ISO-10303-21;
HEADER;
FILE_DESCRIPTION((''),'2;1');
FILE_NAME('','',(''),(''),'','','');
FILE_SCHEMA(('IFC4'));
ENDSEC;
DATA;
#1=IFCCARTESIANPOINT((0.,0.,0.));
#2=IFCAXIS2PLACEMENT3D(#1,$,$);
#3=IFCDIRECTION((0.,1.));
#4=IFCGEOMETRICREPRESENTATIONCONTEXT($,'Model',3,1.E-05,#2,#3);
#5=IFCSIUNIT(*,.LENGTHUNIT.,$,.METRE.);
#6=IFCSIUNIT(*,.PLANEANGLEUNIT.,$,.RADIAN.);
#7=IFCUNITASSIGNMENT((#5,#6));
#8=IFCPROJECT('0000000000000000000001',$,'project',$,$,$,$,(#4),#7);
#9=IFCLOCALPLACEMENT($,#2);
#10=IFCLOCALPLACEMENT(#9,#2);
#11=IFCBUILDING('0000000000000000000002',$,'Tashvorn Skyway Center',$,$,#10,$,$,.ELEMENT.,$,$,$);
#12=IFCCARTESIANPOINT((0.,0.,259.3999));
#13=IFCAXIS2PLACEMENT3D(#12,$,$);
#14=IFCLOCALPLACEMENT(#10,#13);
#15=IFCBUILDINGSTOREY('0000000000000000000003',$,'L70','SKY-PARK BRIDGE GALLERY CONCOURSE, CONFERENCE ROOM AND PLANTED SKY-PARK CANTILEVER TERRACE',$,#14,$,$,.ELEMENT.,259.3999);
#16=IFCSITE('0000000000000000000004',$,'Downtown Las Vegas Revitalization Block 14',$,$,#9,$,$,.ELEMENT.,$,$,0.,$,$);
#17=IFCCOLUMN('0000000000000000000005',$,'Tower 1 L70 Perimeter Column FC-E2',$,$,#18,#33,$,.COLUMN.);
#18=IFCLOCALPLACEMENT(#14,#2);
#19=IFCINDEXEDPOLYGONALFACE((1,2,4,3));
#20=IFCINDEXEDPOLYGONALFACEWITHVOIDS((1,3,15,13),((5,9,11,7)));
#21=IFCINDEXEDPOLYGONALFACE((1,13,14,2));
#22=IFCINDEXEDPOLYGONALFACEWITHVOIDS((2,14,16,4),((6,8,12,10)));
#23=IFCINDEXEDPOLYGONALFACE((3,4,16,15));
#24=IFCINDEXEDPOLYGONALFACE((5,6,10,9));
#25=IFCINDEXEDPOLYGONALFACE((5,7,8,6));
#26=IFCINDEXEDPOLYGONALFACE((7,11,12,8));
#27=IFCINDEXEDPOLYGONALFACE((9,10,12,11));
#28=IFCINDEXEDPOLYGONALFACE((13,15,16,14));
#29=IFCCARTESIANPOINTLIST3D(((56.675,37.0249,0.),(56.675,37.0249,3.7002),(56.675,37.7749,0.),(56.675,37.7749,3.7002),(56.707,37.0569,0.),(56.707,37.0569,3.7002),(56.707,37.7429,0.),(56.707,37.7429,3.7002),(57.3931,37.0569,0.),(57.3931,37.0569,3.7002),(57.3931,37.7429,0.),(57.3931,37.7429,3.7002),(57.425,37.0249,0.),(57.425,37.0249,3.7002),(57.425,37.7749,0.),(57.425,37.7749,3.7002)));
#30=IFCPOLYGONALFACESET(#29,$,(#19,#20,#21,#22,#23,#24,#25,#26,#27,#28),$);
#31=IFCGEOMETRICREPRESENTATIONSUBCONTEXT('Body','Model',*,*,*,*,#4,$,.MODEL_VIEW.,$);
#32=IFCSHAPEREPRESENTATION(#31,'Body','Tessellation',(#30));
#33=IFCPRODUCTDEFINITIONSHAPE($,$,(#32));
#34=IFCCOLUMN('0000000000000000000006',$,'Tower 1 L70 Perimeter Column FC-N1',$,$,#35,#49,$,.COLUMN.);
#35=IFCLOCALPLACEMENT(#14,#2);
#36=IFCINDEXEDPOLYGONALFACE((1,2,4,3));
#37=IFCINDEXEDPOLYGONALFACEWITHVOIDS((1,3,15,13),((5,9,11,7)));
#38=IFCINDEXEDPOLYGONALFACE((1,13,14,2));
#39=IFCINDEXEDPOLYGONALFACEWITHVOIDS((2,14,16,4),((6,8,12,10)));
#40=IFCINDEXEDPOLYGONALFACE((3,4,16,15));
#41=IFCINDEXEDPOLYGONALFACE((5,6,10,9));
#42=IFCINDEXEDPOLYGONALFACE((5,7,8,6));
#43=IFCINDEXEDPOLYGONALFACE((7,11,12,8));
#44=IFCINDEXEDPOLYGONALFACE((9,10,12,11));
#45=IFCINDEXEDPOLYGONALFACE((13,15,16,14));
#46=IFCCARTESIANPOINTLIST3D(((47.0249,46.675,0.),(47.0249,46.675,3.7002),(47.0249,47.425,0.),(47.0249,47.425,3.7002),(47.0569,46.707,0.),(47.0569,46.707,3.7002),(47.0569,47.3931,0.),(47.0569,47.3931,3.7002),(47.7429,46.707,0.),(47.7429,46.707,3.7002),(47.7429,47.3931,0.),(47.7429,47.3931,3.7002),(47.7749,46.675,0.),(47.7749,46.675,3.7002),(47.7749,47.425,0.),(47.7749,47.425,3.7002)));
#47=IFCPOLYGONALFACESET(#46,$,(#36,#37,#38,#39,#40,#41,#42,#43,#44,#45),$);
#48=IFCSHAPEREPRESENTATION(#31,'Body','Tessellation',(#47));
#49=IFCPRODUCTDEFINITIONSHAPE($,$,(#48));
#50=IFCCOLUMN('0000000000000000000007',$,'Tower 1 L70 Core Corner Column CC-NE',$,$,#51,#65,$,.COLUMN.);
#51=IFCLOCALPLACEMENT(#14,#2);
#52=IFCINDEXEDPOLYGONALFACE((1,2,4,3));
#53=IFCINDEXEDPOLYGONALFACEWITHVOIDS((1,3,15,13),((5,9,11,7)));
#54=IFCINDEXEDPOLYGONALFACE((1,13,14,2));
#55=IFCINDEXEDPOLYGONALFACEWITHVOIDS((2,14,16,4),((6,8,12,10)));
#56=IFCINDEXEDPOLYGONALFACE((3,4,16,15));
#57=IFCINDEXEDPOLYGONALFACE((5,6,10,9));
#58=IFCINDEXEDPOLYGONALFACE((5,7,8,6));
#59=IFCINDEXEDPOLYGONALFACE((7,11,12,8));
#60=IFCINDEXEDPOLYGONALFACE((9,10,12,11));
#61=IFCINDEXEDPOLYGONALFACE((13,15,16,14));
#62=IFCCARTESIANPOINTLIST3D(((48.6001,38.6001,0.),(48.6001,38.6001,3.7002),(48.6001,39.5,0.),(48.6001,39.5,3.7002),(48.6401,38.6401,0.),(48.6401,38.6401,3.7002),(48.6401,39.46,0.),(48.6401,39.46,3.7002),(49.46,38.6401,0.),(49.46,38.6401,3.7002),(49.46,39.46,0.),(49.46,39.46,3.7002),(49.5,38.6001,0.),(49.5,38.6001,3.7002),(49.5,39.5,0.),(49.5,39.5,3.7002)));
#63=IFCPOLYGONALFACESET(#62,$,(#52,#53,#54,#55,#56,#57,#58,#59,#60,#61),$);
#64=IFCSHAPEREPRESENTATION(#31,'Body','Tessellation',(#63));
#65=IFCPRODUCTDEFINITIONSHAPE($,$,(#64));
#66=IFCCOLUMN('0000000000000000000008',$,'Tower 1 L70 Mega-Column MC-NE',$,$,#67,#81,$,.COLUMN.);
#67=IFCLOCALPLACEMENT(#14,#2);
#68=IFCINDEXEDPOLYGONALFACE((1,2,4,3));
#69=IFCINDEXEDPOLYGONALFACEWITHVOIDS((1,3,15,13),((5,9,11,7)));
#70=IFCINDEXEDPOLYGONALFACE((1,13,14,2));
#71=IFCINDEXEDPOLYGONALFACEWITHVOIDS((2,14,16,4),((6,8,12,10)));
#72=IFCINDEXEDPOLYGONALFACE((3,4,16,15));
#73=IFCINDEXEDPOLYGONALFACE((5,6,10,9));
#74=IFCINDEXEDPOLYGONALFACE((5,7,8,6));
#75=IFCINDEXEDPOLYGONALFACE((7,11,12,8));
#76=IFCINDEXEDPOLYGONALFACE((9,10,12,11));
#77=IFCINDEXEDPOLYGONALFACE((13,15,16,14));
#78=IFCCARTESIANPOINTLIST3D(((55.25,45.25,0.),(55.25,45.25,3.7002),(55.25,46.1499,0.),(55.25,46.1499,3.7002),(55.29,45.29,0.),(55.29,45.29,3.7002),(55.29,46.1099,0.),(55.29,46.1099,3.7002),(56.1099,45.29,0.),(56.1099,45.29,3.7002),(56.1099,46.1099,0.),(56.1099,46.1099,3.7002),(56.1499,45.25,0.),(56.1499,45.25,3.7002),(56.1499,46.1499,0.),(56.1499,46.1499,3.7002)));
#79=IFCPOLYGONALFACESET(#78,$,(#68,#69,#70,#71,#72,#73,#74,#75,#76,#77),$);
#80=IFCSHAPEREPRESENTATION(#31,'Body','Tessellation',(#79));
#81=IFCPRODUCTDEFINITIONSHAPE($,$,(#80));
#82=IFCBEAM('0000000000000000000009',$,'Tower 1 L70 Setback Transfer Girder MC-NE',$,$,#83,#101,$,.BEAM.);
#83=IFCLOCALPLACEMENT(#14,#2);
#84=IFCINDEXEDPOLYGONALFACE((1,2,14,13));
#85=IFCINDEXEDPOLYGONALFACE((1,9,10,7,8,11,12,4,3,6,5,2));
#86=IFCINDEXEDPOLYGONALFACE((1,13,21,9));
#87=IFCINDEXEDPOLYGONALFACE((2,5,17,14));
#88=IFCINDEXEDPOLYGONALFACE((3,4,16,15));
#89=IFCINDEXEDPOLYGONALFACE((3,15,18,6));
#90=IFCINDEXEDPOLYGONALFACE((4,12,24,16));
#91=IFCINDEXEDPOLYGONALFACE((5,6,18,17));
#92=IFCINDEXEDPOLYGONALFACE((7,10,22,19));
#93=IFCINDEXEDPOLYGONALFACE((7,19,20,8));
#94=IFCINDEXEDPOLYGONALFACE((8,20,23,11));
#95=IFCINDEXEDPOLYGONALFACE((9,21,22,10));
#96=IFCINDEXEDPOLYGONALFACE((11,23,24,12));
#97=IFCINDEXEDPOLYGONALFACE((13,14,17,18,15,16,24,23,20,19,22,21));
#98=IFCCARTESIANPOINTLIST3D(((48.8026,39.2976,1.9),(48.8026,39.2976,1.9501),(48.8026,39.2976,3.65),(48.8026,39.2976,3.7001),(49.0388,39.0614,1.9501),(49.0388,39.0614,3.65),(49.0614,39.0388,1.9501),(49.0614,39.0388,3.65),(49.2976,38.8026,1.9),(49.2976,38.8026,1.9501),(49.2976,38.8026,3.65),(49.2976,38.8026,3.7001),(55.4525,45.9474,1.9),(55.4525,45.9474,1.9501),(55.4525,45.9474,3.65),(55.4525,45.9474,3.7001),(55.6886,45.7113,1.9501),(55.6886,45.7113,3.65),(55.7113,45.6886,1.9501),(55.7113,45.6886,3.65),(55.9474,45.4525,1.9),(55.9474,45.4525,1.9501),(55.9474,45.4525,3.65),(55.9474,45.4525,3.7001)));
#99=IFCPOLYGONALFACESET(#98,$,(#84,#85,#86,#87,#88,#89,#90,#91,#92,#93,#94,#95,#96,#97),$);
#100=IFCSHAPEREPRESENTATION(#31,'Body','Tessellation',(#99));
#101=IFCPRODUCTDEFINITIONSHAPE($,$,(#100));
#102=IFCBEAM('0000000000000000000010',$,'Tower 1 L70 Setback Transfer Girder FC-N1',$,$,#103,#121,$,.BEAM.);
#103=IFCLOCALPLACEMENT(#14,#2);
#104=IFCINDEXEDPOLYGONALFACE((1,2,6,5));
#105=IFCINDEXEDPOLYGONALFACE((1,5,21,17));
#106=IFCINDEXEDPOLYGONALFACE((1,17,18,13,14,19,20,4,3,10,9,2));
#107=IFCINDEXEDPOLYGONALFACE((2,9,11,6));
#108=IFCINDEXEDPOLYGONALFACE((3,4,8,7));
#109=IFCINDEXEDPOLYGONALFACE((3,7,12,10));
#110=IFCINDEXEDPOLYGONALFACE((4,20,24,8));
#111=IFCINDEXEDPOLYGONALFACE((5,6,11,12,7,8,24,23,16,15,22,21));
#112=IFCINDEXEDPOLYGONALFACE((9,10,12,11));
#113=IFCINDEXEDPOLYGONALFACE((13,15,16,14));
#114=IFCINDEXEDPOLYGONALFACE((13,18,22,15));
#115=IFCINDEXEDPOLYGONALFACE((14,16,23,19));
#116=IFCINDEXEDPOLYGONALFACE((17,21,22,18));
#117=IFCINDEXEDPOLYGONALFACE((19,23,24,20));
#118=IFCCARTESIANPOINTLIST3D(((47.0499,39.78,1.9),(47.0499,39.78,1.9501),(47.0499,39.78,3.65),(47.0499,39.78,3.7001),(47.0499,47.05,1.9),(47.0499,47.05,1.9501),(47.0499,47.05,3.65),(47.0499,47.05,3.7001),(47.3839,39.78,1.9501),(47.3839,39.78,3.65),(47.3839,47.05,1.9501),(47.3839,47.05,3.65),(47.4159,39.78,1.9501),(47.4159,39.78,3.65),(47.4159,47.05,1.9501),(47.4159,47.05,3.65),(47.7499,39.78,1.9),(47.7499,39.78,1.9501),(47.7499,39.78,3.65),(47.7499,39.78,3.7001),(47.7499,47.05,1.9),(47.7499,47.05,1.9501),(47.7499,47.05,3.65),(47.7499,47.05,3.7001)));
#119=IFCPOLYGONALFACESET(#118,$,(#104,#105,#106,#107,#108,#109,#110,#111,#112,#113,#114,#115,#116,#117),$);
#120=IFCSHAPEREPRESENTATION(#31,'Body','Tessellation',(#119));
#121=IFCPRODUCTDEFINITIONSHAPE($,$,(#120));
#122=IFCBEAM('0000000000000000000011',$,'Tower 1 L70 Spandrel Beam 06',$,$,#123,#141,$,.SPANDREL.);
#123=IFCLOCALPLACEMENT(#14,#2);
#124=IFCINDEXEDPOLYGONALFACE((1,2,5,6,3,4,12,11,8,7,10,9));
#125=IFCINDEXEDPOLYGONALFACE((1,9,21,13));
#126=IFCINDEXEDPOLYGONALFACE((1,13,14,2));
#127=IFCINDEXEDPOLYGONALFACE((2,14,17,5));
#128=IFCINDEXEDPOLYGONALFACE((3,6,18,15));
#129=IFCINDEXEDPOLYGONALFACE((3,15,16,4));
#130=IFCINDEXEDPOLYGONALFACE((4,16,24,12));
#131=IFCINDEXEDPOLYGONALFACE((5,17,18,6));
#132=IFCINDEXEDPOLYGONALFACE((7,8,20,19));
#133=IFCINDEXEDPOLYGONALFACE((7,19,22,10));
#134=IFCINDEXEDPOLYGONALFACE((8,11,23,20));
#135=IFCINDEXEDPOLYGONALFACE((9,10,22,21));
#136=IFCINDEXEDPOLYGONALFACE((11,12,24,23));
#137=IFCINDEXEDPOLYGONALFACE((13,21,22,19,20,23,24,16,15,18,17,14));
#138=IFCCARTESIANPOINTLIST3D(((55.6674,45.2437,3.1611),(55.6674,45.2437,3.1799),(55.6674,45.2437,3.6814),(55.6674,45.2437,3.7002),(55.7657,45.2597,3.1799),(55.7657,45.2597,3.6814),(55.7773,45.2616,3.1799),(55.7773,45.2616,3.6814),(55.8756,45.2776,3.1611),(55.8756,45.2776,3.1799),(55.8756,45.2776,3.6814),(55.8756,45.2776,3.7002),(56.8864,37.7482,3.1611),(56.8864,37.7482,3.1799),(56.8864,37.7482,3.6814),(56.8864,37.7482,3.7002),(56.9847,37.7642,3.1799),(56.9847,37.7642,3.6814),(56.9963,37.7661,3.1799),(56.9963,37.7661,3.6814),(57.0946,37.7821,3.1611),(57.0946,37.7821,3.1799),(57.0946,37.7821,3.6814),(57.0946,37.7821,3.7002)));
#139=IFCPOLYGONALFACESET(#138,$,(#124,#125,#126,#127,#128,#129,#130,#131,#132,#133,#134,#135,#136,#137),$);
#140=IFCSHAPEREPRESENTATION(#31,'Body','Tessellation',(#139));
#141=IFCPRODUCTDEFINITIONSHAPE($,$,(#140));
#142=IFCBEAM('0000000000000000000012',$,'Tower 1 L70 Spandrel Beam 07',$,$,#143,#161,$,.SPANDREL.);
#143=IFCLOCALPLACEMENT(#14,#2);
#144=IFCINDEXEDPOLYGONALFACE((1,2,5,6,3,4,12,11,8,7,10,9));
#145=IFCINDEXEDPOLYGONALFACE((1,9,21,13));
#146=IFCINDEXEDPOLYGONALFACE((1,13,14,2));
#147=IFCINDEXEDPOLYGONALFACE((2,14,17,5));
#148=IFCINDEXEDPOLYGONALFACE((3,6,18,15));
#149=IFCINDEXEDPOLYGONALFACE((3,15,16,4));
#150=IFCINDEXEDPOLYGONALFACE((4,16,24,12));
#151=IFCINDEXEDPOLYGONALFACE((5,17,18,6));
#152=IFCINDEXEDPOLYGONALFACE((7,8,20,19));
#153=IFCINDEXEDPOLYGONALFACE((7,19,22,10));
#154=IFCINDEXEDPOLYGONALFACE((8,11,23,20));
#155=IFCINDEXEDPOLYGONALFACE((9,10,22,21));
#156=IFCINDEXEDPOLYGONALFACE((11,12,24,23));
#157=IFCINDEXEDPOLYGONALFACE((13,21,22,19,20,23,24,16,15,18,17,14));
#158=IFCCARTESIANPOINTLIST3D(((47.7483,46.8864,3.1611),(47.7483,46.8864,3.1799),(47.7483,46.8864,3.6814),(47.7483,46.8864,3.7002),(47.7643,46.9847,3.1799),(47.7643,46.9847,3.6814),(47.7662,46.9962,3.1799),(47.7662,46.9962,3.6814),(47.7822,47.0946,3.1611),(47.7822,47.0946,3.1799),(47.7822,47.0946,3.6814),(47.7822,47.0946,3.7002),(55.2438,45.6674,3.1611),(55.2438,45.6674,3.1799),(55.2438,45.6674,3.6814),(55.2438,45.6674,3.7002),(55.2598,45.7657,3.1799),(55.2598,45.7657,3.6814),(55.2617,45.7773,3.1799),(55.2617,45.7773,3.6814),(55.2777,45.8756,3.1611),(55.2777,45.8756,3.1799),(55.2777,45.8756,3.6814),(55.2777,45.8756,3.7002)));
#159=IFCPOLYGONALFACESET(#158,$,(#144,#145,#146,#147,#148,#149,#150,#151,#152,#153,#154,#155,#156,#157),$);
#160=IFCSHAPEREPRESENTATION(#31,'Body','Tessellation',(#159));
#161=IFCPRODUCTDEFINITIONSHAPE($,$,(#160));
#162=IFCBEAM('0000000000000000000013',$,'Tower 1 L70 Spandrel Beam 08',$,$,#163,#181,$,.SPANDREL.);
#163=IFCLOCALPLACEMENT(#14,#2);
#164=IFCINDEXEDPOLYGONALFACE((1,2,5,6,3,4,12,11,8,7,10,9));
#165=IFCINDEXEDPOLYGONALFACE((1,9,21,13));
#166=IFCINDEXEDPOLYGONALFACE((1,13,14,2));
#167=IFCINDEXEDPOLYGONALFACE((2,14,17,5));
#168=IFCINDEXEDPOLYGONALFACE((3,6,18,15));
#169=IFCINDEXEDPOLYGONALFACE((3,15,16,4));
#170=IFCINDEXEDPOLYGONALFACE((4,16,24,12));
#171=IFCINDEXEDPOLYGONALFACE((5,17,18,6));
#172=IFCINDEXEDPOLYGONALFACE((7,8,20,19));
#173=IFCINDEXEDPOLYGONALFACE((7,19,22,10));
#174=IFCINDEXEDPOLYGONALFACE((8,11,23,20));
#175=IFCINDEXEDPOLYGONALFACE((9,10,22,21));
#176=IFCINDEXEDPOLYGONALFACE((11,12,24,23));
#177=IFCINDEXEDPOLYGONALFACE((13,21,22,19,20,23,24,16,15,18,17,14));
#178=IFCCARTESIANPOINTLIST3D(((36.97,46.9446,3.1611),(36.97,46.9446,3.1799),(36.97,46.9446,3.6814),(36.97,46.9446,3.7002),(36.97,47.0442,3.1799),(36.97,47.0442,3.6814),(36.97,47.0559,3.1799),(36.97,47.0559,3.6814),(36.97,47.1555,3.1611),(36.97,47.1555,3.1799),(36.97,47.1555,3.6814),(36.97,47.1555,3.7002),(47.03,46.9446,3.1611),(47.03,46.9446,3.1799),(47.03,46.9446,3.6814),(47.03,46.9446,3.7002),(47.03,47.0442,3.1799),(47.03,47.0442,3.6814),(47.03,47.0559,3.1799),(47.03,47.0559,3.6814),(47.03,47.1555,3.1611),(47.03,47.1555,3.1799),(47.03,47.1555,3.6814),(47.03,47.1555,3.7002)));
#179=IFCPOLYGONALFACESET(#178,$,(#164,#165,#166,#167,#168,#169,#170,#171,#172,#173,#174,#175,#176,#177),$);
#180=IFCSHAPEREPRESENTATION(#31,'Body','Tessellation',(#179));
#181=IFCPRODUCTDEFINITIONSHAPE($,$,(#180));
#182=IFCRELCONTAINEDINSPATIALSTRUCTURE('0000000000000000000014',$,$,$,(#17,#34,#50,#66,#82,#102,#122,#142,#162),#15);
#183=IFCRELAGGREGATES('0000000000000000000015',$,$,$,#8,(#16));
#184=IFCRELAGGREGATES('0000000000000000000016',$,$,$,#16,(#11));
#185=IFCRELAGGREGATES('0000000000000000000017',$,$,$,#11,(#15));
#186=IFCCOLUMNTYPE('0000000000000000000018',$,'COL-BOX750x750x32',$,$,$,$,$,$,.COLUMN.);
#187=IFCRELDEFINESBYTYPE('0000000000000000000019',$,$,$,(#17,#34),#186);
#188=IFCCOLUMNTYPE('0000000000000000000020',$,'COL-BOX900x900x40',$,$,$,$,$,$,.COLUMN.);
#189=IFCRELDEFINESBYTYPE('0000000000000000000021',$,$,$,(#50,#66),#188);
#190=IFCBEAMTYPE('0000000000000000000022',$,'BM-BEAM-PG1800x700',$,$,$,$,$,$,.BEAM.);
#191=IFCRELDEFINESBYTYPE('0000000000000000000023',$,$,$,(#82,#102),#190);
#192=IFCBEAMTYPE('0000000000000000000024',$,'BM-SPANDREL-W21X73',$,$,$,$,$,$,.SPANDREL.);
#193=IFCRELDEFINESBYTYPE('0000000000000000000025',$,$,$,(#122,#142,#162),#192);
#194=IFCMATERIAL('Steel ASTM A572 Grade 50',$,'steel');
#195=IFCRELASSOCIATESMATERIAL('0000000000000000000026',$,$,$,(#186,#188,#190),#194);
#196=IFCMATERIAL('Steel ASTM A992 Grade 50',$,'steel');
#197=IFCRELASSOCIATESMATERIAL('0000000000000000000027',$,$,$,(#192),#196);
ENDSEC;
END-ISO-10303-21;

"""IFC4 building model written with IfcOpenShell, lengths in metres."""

from ifc_helpers import new_model, si_unit, direction, frame, origin, origin_2d, place, context, subcontext, project, spatial, hollow_rectangle, i_section, extrude, material, material_profile, profile_set, type_object, element, save


model = new_model("IFC4")

# Units and contexts
model_context = context("Model", 3, precision=1e-05, world=origin(), true_north=direction((0.0, 1.0)))
body_context = subcontext(model_context, "Body", "Model", "MODEL_VIEW")
ifc_project = project(units=[si_unit("LENGTHUNIT", "METRE"), si_unit("PLANEANGLEUNIT", "RADIAN")], contexts=[model_context])

# Site, building, storey
site_placement = place(None, origin())
site = spatial("IfcSite", under=ifc_project, at=site_placement, Name="Downtown Las Vegas Revitalization Block 14", CompositionType="ELEMENT", RefElevation=0.0)
building_placement = place(site_placement, origin())
building = spatial("IfcBuilding", under=site, at=building_placement, Name="Tashvorn Skyway Center", CompositionType="ELEMENT")
storey_placement = place(building_placement, frame((0.0, 0.0, 259.3999)))
storey = spatial("IfcBuildingStorey", under=building, at=storey_placement, Name="L70", Description="SKY-PARK BRIDGE GALLERY CONCOURSE, CONFERENCE ROOM AND PLANTED SKY-PARK CANTILEVER TERRACE", CompositionType="ELEMENT", Elevation=259.3999)

# Columns
ifc_material_1 = material(Name="Steel ASTM A572 Grade 50", Category="steel")
ifc_material_profile_1 = material_profile(ifc_material_1, hollow_rectangle(XDim=0.75, YDim=0.75, WallThickness=0.032, at=origin_2d()), Name="BOX750x750x32")
ifc_profile_set_1 = profile_set([ifc_material_profile_1], Name="Steel ASTM A572 Grade 50")
column_type_1 = type_object("IfcColumnType", Name="COL-BOX750x750x32", PredefinedType="COLUMN", material=ifc_profile_set_1)
for number, where, z_axis, x_axis, name in (
    (1, (57.05, 37.3999, 0.0), (0.0, 0.0, 1.0), (1.0, 0.0, 0.0), "Tower 1 L70 Perimeter Column FC-E2"),
    (2, (47.3999, 47.05, 0.0), (0.0, 0.0, 1.0), (1.0, 0.0, 0.0), "Tower 1 L70 Perimeter Column FC-N1"),
):
    element("IfcColumn", number, at=place(storey_placement, frame(where, z_axis=z_axis, x_axis=x_axis)), inside=storey, type_object=column_type_1, Name=name, PredefinedType="COLUMN", context=body_context, shape_type="SweptSolid", body=[
        extrude(hollow_rectangle(XDim=0.75, YDim=0.75, WallThickness=0.032, at=origin_2d()), origin(), (0.0, 0.0, 1.0), 3.7002),
    ])
ifc_material_profile_2 = material_profile(ifc_material_1, hollow_rectangle(XDim=0.8999, YDim=0.8999, WallThickness=0.04, at=origin_2d()), Name="BOX900x900x40")
ifc_profile_set_2 = profile_set([ifc_material_profile_2], Name="Steel ASTM A572 Grade 50")
column_type_2 = type_object("IfcColumnType", Name="COL-BOX900x900x40", PredefinedType="COLUMN", material=ifc_profile_set_2)
for number, where, z_axis, x_axis, name in (
    (3, (49.05, 39.05, 0.0), (0.0, 0.0, 1.0), (1.0, 0.0, 0.0), "Tower 1 L70 Core Corner Column CC-NE"),
    (4, (55.7, 45.7, 0.0), (0.0, 0.0, 1.0), (1.0, 0.0, 0.0), "Tower 1 L70 Mega-Column MC-NE"),
):
    element("IfcColumn", number, at=place(storey_placement, frame(where, z_axis=z_axis, x_axis=x_axis)), inside=storey, type_object=column_type_2, Name=name, PredefinedType="COLUMN", context=body_context, shape_type="SweptSolid", body=[
        extrude(hollow_rectangle(XDim=0.8999, YDim=0.8999, WallThickness=0.04, at=origin_2d()), origin(), (0.0, 0.0, 1.0), 3.7002),
    ])

# Beams
ifc_material_profile_3 = material_profile(ifc_material_1, i_section(OverallWidth=0.7, OverallDepth=1.8, WebThickness=0.032, FlangeThickness=0.05, at=origin_2d()), Name="PG1800x700")
ifc_profile_set_3 = profile_set([ifc_material_profile_3], Name="Steel ASTM A572 Grade 50")
beam_type_1 = type_object("IfcBeamType", Name="BM-BEAM-PG1800x700", PredefinedType="BEAM", material=ifc_profile_set_3)
beam_1_placement = place(storey_placement, frame((55.7, 45.7, 2.8), z_axis=(-0.707107, -0.707107, 0.0), x_axis=(0.707107, -0.707107, 0.0)))
element("IfcBeam", 5, at=beam_1_placement, inside=storey, type_object=beam_type_1, Name="Tower 1 L70 Setback Transfer Girder MC-NE", PredefinedType="BEAM", context=body_context, shape_type="SweptSolid", body=[
    extrude(i_section(OverallWidth=0.7, OverallDepth=1.8, WebThickness=0.032, FlangeThickness=0.05, at=origin_2d()), origin(), (0.0, 0.0, 1.0), 9.4043),
])
beam_2_placement = place(storey_placement, frame((47.3999, 47.05, 2.8), z_axis=(0.0, -1.0, 0.0), x_axis=(1.0, 0.0, 0.0)))
element("IfcBeam", 6, at=beam_2_placement, inside=storey, type_object=beam_type_1, Name="Tower 1 L70 Setback Transfer Girder FC-N1", PredefinedType="BEAM", context=body_context, shape_type="SweptSolid", body=[
    extrude(i_section(OverallWidth=0.7, OverallDepth=1.8, WebThickness=0.032, FlangeThickness=0.05, at=origin_2d()), origin(), (0.0, 0.0, 1.0), 7.27),
])
ifc_material_2 = material(Name="Steel ASTM A992 Grade 50", Category="steel")
ifc_material_profile_4 = material_profile(ifc_material_2, i_section(OverallWidth=0.2109, OverallDepth=0.5391, WebThickness=0.0117, FlangeThickness=0.0188, at=origin_2d()), Name="W21X73")
ifc_profile_set_4 = profile_set([ifc_material_profile_4], Name="Steel ASTM A992 Grade 50")
beam_type_2 = type_object("IfcBeamType", Name="BM-SPANDREL-W21X73", PredefinedType="SPANDREL", material=ifc_profile_set_4)
for number, where, z_axis, x_axis, name in (
    (7, (56.9905, 37.7651, 3.4307), (-0.160519, 0.987033, 0.0), (-0.987033, -0.160519, 0.0), "Tower 1 L70 Spandrel Beam 06"),
    (8, (55.2607, 45.7715, 3.4307), (-0.987033, 0.160519, 0.0), (-0.160519, -0.987033, 0.0), "Tower 1 L70 Spandrel Beam 07"),
):
    element("IfcBeam", number, at=place(storey_placement, frame(where, z_axis=z_axis, x_axis=x_axis)), inside=storey, type_object=beam_type_2, Name=name, PredefinedType="SPANDREL", context=body_context, shape_type="SweptSolid", body=[
        extrude(i_section(OverallWidth=0.2109, OverallDepth=0.5391, WebThickness=0.0117, FlangeThickness=0.0188, at=origin_2d()), origin(), (0.0, 0.0, 1.0), 7.594),
    ])
beam_3_placement = place(storey_placement, frame((47.03, 47.05, 3.4307), z_axis=(-1.0, 0.0, 0.0), x_axis=(0.0, -1.0, 0.0)))
element("IfcBeam", 9, at=beam_3_placement, inside=storey, type_object=beam_type_2, Name="Tower 1 L70 Spandrel Beam 08", PredefinedType="SPANDREL", context=body_context, shape_type="SweptSolid", body=[
    extrude(i_section(OverallWidth=0.2109, OverallDepth=0.5391, WebThickness=0.0117, FlangeThickness=0.0188, at=origin_2d()), origin(), (0.0, 0.0, 1.0), 10.0601),
])

save(model, "model.ifc")
